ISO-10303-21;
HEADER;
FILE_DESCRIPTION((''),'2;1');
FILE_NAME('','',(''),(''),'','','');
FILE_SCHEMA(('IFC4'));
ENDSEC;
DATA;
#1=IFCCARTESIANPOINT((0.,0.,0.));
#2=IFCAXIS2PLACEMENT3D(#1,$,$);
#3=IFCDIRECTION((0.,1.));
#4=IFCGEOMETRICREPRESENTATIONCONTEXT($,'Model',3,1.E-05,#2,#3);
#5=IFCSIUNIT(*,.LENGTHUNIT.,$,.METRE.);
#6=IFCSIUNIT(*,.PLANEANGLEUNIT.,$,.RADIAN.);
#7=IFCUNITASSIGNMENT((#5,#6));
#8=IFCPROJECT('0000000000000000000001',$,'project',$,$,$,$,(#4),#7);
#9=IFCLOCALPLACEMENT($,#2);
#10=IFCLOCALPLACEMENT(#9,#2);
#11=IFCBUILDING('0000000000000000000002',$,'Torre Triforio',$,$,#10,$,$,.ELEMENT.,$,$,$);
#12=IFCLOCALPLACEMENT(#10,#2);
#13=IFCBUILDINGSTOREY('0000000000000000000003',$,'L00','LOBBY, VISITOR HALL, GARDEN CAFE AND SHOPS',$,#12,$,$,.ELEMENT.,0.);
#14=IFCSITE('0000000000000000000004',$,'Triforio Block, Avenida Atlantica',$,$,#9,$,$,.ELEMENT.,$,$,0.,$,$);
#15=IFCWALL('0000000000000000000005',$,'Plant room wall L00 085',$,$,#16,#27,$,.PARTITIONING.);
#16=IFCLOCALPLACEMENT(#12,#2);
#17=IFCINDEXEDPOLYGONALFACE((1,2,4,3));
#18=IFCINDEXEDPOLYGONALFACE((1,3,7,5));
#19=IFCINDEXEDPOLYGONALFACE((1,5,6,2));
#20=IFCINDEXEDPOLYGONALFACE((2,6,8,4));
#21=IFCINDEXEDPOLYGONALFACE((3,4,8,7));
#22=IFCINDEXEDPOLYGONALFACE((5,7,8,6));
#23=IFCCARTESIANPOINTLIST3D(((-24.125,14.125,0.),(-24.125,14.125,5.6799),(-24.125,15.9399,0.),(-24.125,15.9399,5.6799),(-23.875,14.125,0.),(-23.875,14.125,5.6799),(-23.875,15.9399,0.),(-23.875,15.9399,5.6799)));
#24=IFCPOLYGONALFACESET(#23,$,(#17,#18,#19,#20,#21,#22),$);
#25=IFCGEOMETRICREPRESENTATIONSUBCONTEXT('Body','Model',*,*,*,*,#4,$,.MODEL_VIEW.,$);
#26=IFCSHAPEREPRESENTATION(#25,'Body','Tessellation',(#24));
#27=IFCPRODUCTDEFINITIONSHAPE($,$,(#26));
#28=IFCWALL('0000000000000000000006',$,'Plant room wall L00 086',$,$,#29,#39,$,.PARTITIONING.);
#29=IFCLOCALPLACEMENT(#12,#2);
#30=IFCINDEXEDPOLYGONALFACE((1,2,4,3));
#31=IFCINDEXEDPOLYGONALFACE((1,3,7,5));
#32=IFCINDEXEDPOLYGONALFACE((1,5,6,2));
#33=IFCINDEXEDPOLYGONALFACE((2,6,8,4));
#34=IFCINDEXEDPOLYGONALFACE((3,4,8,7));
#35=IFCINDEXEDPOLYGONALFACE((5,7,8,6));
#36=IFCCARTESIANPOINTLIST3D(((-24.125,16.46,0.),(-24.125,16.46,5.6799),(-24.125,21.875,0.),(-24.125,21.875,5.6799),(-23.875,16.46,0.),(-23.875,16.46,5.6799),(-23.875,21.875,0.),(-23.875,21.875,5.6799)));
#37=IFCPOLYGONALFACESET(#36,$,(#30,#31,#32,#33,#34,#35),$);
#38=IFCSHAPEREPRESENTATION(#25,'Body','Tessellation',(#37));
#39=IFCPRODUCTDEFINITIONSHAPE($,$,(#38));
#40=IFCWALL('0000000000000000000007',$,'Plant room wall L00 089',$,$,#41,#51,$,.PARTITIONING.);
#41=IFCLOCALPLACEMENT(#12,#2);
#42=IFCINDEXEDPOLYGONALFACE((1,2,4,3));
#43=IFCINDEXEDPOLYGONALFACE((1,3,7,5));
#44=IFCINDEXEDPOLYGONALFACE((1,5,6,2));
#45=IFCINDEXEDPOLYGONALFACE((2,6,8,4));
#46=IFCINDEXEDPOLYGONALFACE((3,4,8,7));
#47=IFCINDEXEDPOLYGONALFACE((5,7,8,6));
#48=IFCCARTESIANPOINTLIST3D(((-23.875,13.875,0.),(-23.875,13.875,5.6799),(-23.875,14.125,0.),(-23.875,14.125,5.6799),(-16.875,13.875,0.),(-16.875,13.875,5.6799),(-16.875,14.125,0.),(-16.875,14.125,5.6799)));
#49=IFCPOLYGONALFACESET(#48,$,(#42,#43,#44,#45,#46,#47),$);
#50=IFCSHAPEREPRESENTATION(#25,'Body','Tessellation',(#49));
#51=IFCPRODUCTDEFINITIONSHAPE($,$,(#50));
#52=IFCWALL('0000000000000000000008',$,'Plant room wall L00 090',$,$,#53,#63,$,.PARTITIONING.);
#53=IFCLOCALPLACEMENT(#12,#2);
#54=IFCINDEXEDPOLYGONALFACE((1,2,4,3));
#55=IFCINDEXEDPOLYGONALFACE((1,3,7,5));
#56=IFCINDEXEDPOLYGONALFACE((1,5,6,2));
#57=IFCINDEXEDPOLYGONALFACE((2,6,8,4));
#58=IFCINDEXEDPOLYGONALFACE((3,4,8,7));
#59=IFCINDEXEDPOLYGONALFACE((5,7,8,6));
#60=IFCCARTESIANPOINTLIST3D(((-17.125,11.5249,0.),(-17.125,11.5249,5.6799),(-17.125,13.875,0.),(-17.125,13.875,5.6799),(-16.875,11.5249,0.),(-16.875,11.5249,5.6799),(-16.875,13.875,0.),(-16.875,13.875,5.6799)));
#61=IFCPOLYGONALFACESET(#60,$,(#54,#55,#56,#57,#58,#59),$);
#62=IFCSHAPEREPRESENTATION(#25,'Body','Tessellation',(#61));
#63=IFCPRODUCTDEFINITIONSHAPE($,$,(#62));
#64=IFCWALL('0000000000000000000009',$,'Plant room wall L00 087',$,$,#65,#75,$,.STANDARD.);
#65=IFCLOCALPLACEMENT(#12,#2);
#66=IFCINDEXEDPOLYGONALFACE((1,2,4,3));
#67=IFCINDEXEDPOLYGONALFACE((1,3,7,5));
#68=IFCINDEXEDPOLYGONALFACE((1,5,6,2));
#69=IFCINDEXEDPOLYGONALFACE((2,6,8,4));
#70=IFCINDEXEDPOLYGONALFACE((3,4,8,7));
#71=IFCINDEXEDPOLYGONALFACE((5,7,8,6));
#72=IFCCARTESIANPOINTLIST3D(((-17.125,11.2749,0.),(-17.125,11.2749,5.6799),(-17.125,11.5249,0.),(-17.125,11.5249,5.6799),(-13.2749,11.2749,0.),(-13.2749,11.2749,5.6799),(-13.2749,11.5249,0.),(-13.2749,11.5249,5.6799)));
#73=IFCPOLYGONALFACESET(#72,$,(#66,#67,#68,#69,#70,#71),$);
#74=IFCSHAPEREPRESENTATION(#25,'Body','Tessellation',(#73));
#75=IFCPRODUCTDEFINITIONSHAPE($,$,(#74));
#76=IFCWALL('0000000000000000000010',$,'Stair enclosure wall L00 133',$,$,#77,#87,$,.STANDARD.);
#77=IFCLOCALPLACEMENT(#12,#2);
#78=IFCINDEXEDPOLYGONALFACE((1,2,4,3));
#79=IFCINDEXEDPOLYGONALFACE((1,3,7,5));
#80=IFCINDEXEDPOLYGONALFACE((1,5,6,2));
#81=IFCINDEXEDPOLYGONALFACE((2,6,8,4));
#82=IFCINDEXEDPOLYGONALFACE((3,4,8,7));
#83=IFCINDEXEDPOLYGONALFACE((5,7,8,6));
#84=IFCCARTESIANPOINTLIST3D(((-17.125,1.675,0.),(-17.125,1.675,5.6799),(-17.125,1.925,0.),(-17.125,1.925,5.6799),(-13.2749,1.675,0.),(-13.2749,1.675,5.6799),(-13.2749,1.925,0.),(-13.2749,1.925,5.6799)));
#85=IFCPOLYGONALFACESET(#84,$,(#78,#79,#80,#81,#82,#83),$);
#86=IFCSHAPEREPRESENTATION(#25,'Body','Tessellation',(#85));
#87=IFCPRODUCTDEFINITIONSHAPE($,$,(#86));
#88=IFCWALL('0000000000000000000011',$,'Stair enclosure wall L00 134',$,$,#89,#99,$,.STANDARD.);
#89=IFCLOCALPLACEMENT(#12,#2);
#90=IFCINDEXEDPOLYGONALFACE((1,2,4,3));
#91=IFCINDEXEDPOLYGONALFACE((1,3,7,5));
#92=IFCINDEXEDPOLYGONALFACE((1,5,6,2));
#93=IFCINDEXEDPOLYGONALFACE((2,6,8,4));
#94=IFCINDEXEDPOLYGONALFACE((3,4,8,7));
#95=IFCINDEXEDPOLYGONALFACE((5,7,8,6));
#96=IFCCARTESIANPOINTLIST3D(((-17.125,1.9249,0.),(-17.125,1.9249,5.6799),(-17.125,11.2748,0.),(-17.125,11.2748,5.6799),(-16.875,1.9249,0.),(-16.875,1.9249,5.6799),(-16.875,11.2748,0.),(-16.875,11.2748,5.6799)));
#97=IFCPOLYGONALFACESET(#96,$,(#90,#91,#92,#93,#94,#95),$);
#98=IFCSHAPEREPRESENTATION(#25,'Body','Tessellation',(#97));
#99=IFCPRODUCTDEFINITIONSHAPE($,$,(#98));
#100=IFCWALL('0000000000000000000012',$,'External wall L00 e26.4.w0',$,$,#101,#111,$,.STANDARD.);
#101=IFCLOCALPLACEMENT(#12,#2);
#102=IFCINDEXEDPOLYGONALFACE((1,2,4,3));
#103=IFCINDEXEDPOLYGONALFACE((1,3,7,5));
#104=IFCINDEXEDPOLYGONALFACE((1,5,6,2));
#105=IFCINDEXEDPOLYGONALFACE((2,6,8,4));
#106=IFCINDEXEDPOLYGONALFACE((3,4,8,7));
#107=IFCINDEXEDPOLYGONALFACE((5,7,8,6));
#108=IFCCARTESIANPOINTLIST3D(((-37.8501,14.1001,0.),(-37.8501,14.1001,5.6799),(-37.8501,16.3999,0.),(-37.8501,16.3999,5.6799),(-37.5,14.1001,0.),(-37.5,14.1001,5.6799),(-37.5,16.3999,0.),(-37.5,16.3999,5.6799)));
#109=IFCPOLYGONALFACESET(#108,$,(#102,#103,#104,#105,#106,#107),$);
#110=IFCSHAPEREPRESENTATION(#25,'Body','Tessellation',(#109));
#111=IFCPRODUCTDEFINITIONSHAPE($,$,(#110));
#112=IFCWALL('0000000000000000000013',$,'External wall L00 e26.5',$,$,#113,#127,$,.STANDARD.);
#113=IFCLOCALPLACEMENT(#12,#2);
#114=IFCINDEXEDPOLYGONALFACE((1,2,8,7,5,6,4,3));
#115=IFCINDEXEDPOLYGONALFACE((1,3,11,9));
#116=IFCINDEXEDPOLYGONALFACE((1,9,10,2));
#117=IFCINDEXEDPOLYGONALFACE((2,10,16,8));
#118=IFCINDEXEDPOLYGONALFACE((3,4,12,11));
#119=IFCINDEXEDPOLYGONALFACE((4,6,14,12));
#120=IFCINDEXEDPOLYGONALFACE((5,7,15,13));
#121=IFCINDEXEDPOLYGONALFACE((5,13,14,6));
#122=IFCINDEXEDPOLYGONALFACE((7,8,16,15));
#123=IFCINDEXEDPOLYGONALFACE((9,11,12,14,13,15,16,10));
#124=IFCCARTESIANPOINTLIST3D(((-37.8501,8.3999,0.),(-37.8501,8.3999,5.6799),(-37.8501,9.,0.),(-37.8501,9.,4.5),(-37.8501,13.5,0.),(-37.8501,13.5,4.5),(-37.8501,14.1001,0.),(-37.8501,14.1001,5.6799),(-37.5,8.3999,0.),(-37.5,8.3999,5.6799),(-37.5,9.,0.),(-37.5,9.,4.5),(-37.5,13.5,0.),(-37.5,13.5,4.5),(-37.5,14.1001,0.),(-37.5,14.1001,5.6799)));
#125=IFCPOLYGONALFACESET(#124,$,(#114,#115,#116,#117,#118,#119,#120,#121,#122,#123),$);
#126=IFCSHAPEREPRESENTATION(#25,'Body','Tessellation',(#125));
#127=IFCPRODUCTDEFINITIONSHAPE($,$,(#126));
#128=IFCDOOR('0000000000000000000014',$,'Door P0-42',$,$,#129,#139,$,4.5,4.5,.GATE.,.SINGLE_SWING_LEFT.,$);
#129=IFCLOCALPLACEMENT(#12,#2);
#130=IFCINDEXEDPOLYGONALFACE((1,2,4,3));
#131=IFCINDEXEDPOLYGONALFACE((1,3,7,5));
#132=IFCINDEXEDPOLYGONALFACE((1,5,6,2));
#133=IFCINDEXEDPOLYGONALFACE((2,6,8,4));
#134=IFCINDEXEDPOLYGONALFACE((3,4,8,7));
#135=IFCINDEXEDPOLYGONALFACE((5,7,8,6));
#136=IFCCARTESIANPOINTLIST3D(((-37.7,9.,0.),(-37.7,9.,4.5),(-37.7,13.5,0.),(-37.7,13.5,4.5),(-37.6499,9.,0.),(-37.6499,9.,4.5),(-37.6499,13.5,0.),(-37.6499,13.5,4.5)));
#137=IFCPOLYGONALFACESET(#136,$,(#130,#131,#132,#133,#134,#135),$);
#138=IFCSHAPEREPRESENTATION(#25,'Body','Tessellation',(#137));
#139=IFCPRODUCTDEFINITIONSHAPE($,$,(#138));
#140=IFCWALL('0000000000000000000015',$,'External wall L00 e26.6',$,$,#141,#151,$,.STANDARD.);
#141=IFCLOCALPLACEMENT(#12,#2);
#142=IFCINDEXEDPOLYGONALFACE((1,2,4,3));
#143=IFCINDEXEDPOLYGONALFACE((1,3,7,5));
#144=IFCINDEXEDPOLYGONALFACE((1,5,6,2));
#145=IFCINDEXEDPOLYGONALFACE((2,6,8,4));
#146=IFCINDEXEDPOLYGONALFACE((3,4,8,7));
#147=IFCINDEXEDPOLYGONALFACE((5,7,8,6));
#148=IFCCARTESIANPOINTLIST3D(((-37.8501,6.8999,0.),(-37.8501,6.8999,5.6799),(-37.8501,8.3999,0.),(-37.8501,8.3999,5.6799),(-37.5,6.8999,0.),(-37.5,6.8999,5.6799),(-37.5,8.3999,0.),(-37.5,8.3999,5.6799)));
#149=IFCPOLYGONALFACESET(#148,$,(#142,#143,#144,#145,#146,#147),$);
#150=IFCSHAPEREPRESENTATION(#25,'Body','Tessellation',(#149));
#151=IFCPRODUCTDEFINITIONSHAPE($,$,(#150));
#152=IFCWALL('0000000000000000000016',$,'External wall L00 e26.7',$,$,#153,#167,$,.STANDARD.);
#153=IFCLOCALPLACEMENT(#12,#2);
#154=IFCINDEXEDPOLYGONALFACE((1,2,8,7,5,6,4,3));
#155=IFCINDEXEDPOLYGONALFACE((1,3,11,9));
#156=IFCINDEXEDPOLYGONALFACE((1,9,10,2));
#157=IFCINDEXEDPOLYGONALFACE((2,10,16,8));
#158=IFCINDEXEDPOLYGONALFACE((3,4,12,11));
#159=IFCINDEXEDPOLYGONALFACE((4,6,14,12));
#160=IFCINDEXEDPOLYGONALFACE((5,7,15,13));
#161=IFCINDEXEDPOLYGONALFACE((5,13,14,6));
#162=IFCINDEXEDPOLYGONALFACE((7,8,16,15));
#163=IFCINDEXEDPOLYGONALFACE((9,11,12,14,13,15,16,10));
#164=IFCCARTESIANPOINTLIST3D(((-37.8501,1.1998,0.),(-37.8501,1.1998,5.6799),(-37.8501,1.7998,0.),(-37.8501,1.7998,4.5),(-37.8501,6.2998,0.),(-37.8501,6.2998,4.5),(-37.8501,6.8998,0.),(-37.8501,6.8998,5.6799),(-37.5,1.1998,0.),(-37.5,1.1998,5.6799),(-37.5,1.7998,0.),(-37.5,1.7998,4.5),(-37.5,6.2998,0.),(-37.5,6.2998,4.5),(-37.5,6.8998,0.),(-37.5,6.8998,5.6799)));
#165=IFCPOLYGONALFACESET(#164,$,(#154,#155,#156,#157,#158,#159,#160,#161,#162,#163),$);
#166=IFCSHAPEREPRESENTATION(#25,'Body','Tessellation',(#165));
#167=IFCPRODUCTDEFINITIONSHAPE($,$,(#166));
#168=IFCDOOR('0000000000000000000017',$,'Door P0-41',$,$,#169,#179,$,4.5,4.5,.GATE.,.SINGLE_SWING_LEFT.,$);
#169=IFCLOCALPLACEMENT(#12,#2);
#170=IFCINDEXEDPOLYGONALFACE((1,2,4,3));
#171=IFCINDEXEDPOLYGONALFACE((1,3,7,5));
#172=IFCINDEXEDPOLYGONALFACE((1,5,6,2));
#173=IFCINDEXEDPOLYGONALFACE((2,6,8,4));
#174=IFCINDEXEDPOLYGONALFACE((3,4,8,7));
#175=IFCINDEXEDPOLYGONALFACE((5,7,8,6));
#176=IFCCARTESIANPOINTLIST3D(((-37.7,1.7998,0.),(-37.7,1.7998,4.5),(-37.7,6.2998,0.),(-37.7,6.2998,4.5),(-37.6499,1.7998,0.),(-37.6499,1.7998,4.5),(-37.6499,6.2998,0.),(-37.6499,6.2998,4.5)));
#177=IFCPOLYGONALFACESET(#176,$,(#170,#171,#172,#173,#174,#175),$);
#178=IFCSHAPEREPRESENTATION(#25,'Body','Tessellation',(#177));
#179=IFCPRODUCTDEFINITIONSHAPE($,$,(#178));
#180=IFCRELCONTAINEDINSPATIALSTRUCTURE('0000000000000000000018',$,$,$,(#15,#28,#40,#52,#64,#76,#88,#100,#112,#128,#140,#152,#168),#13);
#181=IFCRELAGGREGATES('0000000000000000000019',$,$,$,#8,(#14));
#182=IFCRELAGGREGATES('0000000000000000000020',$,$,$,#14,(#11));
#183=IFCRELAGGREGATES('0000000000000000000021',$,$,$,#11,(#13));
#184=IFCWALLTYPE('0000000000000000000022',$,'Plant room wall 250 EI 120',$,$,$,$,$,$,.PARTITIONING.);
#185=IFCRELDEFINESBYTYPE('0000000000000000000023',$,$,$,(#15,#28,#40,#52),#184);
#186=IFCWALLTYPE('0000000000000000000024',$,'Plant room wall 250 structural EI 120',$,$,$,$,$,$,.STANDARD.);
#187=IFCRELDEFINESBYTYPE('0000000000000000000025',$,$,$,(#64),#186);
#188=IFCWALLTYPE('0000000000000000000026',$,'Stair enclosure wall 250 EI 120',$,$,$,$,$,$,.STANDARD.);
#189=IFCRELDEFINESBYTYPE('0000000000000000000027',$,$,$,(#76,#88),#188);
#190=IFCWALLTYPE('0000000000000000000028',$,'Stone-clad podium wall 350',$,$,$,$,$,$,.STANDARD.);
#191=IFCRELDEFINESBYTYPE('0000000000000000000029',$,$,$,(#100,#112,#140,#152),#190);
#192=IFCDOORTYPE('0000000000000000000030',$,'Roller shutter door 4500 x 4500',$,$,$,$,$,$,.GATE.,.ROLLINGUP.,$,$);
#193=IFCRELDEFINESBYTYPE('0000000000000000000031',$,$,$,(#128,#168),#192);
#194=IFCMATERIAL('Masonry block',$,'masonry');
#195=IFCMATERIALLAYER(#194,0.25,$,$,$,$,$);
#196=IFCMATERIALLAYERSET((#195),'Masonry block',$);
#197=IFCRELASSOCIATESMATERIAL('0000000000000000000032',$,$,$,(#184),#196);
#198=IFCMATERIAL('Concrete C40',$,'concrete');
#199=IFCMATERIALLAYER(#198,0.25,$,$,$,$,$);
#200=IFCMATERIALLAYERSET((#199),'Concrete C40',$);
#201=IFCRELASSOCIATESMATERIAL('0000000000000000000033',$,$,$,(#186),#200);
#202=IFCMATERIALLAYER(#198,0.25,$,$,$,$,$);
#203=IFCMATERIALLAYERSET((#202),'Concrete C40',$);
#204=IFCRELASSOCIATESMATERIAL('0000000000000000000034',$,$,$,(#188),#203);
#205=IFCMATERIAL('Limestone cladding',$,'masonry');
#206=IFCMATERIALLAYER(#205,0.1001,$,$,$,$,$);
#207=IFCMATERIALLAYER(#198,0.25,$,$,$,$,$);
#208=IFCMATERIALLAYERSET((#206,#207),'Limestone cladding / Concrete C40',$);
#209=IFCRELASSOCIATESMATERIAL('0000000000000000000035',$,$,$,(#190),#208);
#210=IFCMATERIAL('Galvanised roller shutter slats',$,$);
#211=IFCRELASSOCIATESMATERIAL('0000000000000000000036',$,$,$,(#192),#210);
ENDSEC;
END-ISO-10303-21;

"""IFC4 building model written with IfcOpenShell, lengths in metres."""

from ifc_helpers import new_model, si_unit, direction, frame, frame_2d, origin, place, context, subcontext, project, spatial, rectangle, extrude, material, layer, layer_set, type_object, element, fill, save


model = new_model("IFC4")

# Units and contexts
model_context = context("Model", 3, precision=1e-05, world=origin(), true_north=direction((0.0, 1.0)))
body_context = subcontext(model_context, "Body", "Model", "MODEL_VIEW")
ifc_project = project(units=[si_unit("LENGTHUNIT", "METRE"), si_unit("PLANEANGLEUNIT", "RADIAN")], contexts=[model_context])

# Site, building, storey
site_placement = place(None, origin())
site = spatial("IfcSite", under=ifc_project, at=site_placement, Name="Triforio Block, Avenida Atlantica", CompositionType="ELEMENT", RefElevation=0.0)
building_placement = place(site_placement, origin())
building = spatial("IfcBuilding", under=site, at=building_placement, Name="Torre Triforio", CompositionType="ELEMENT")
storey_placement = place(building_placement, origin())
storey = spatial("IfcBuildingStorey", under=building, at=storey_placement, Name="L00", Description="LOBBY, VISITOR HALL, GARDEN CAFE AND SHOPS", CompositionType="ELEMENT", Elevation=0.0)

# Walls
ifc_material_1 = material(Name="Masonry block", Category="masonry")
ifc_layer_1 = layer(ifc_material_1, 0.25)
ifc_layer_set_1 = layer_set([ifc_layer_1], Name="Masonry block")
wall_type_1 = type_object("IfcWallType", Name="Plant room wall 250 EI 120", PredefinedType="PARTITIONING", material=ifc_layer_set_1)
wall_1_placement = place(storey_placement, frame((-24.0, 14.125, 0.0), z_axis=(0.0, 0.0, 1.0), x_axis=(0.0, 1.0, 0.0)))
element("IfcWall", 1, at=wall_1_placement, inside=storey, type_object=wall_type_1, Name="Plant room wall L00 085", PredefinedType="PARTITIONING", context=body_context, shape_type="SweptSolid", body=[
    extrude(rectangle(XDim=1.8149, YDim=0.25, at=frame_2d((0.9075, 0.0))), origin(), (0.0, 0.0, 1.0), 5.6799),
])
wall_2_placement = place(storey_placement, frame((-24.0, 16.46, 0.0), z_axis=(0.0, 0.0, 1.0), x_axis=(0.0, 1.0, 0.0)))
element("IfcWall", 2, at=wall_2_placement, inside=storey, type_object=wall_type_1, Name="Plant room wall L00 086", PredefinedType="PARTITIONING", context=body_context, shape_type="SweptSolid", body=[
    extrude(rectangle(XDim=5.415, YDim=0.25, at=frame_2d((2.7075, 0.0))), origin(), (0.0, 0.0, 1.0), 5.6799),
])
wall_3_placement = place(storey_placement, frame((-23.875, 14.0, 0.0), z_axis=(0.0, 0.0, 1.0), x_axis=(1.0, 0.0, 0.0)))
element("IfcWall", 3, at=wall_3_placement, inside=storey, type_object=wall_type_1, Name="Plant room wall L00 089", PredefinedType="PARTITIONING", context=body_context, shape_type="SweptSolid", body=[
    extrude(rectangle(XDim=7.0, YDim=0.25, at=frame_2d((3.5, 0.0))), origin(), (0.0, 0.0, 1.0), 5.6799),
])
wall_4_placement = place(storey_placement, frame((-17.0, 11.5249, 0.0), z_axis=(0.0, 0.0, 1.0), x_axis=(0.0, 1.0, 0.0)))
element("IfcWall", 4, at=wall_4_placement, inside=storey, type_object=wall_type_1, Name="Plant room wall L00 090", PredefinedType="PARTITIONING", context=body_context, shape_type="SweptSolid", body=[
    extrude(rectangle(XDim=2.3501, YDim=0.25, at=frame_2d((1.175, 0.0))), origin(), (0.0, 0.0, 1.0), 5.6799),
])
ifc_material_2 = material(Name="Concrete C40", Category="concrete")
ifc_layer_2 = layer(ifc_material_2, 0.25)
ifc_layer_set_2 = layer_set([ifc_layer_2], Name="Concrete C40")
wall_type_2 = type_object("IfcWallType", Name="Plant room wall 250 structural EI 120", PredefinedType="STANDARD", material=ifc_layer_set_2)
wall_5_placement = place(storey_placement, frame((-17.125, 11.3999, 0.0), z_axis=(0.0, 0.0, 1.0), x_axis=(1.0, 0.0, 0.0)))
element("IfcWall", 5, at=wall_5_placement, inside=storey, type_object=wall_type_2, Name="Plant room wall L00 087", PredefinedType="STANDARD", context=body_context, shape_type="SweptSolid", body=[
    extrude(rectangle(XDim=3.8501, YDim=0.25, at=frame_2d((1.925, 0.0))), origin(), (0.0, 0.0, 1.0), 5.6799),
])
ifc_layer_3 = layer(ifc_material_2, 0.25)
ifc_layer_set_3 = layer_set([ifc_layer_3], Name="Concrete C40")
wall_type_3 = type_object("IfcWallType", Name="Stair enclosure wall 250 EI 120", PredefinedType="STANDARD", material=ifc_layer_set_3)
wall_6_placement = place(storey_placement, frame((-17.125, 1.8, 0.0), z_axis=(0.0, 0.0, 1.0), x_axis=(1.0, 0.0, 0.0)))
element("IfcWall", 6, at=wall_6_placement, inside=storey, type_object=wall_type_3, Name="Stair enclosure wall L00 133", PredefinedType="STANDARD", context=body_context, shape_type="SweptSolid", body=[
    extrude(rectangle(XDim=3.8501, YDim=0.25, at=frame_2d((1.925, 0.0))), origin(), (0.0, 0.0, 1.0), 5.6799),
])
wall_7_placement = place(storey_placement, frame((-17.0, 1.925, 0.0), z_axis=(0.0, 0.0, 1.0), x_axis=(0.0, 1.0, 0.0)))
element("IfcWall", 7, at=wall_7_placement, inside=storey, type_object=wall_type_3, Name="Stair enclosure wall L00 134", PredefinedType="STANDARD", context=body_context, shape_type="SweptSolid", body=[
    extrude(rectangle(XDim=9.3499, YDim=0.25, at=frame_2d((4.6748, 0.0))), origin(), (0.0, 0.0, 1.0), 5.6799),
])
ifc_material_3 = material(Name="Limestone cladding", Category="masonry")
ifc_layer_4 = layer(ifc_material_3, 0.1001)
ifc_layer_5 = layer(ifc_material_2, 0.25)
ifc_layer_set_4 = layer_set([ifc_layer_4, ifc_layer_5], Name="Limestone cladding / Concrete C40")
wall_type_4 = type_object("IfcWallType", Name="Stone-clad podium wall 350", PredefinedType="STANDARD", material=ifc_layer_set_4)
wall_8_placement = place(storey_placement, frame((-37.675, 16.3999, 0.0), z_axis=(0.0, 0.0, 1.0), x_axis=(0.0, -1.0, 0.0)))
element("IfcWall", 8, at=wall_8_placement, inside=storey, type_object=wall_type_4, Name="External wall L00 e26.4.w0", PredefinedType="STANDARD", context=body_context, shape_type="SweptSolid", body=[
    extrude(rectangle(XDim=2.2998, YDim=0.3501, at=frame_2d((1.1499, 0.0))), origin(), (0.0, 0.0, 1.0), 5.6799),
])

# Wall, opening, door
wall_9_placement = place(storey_placement, frame((-37.675, 14.1001, 0.0), z_axis=(0.0, 0.0, 1.0), x_axis=(0.0, -1.0, 0.0)))
wall_9 = element("IfcWall", 9, at=wall_9_placement, inside=storey, type_object=wall_type_4, Name="External wall L00 e26.5", PredefinedType="STANDARD", context=body_context, shape_type="SweptSolid", body=[
    extrude(rectangle(XDim=5.7002, YDim=0.3501, at=frame_2d((2.8501, 0.0))), origin(), (0.0, 0.0, 1.0), 5.6799),
])
opening_1_placement = place(wall_9_placement, frame((0.6001, 0.0, 0.0)))
opening_1 = element("IfcOpeningElement", 10, at=opening_1_placement, cuts=wall_9, PredefinedType="OPENING", context=body_context, shape_type="SweptSolid", body=[
    extrude(rectangle(XDim=4.5, YDim=4.5, at=frame_2d((2.25, 2.25))), frame((0.0, 0.1851, 0.0), z_axis=(0.0, -1.0, 0.0), x_axis=(1.0, 0.0, 0.0)), (0.0, 0.0, 1.0), 0.3701),
])
ifc_material_4 = material(Name="Galvanised roller shutter slats")
door_type_1 = type_object("IfcDoorType", Name="Roller shutter door 4500 x 4500", OperationType="ROLLINGUP", PredefinedType="GATE", material=ifc_material_4)
door_1_placement = place(opening_1_placement, frame((4.5, 0.0, 0.0), z_axis=(0.0, 0.0, 1.0), x_axis=(-1.0, 0.0, 0.0)))
door_1 = element("IfcDoor", 11, at=door_1_placement, inside=storey, type_object=door_type_1, Name="Door P0-42", OperationType="SINGLE_SWING_LEFT", OverallHeight=4.5, OverallWidth=4.5, PredefinedType="GATE", context=body_context, shape_type="SweptSolid", body=[
    extrude(rectangle(XDim=4.5, YDim=4.5, at=frame_2d((2.25, 2.25))), frame((0.0, 0.0249, 0.0), z_axis=(0.0, -1.0, 0.0), x_axis=(1.0, 0.0, 0.0)), (0.0, 0.0, 1.0), 0.05),
])
fill(opening_1, door_1)

# Wall
wall_10_placement = place(storey_placement, frame((-37.675, 8.3999, 0.0), z_axis=(0.0, 0.0, 1.0), x_axis=(0.0, -1.0, 0.0)))
element("IfcWall", 12, at=wall_10_placement, inside=storey, type_object=wall_type_4, Name="External wall L00 e26.6", PredefinedType="STANDARD", context=body_context, shape_type="SweptSolid", body=[
    extrude(rectangle(XDim=1.5, YDim=0.3501, at=frame_2d((0.75, 0.0))), origin(), (0.0, 0.0, 1.0), 5.6799),
])

# Wall, opening, door
wall_11_placement = place(storey_placement, frame((-37.675, 6.8999, 0.0), z_axis=(0.0, 0.0, 1.0), x_axis=(0.0, -1.0, 0.0)))
wall_11 = element("IfcWall", 13, at=wall_11_placement, inside=storey, type_object=wall_type_4, Name="External wall L00 e26.7", PredefinedType="STANDARD", context=body_context, shape_type="SweptSolid", body=[
    extrude(rectangle(XDim=5.7, YDim=0.3501, at=frame_2d((2.8501, 0.0))), origin(), (0.0, 0.0, 1.0), 5.6799),
])
opening_2_placement = place(wall_11_placement, frame((0.6001, 0.0, 0.0)))
opening_2 = element("IfcOpeningElement", 14, at=opening_2_placement, cuts=wall_11, PredefinedType="OPENING", context=body_context, shape_type="SweptSolid", body=[
    extrude(rectangle(XDim=4.5, YDim=4.5, at=frame_2d((2.25, 2.25))), frame((0.0, 0.1851, 0.0), z_axis=(0.0, -1.0, 0.0), x_axis=(1.0, 0.0, 0.0)), (0.0, 0.0, 1.0), 0.3701),
])
door_2_placement = place(opening_2_placement, frame((4.5, 0.0, 0.0), z_axis=(0.0, 0.0, 1.0), x_axis=(-1.0, 0.0, 0.0)))
door_2 = element("IfcDoor", 15, at=door_2_placement, inside=storey, type_object=door_type_1, Name="Door P0-41", OperationType="SINGLE_SWING_LEFT", OverallHeight=4.5, OverallWidth=4.5, PredefinedType="GATE", context=body_context, shape_type="SweptSolid", body=[
    extrude(rectangle(XDim=4.5, YDim=4.5, at=frame_2d((2.25, 2.25))), frame((0.0, 0.0249, 0.0), z_axis=(0.0, -1.0, 0.0), x_axis=(1.0, 0.0, 0.0)), (0.0, 0.0, 1.0), 0.05),
])
fill(opening_2, door_2)

save(model, "model.ifc")
